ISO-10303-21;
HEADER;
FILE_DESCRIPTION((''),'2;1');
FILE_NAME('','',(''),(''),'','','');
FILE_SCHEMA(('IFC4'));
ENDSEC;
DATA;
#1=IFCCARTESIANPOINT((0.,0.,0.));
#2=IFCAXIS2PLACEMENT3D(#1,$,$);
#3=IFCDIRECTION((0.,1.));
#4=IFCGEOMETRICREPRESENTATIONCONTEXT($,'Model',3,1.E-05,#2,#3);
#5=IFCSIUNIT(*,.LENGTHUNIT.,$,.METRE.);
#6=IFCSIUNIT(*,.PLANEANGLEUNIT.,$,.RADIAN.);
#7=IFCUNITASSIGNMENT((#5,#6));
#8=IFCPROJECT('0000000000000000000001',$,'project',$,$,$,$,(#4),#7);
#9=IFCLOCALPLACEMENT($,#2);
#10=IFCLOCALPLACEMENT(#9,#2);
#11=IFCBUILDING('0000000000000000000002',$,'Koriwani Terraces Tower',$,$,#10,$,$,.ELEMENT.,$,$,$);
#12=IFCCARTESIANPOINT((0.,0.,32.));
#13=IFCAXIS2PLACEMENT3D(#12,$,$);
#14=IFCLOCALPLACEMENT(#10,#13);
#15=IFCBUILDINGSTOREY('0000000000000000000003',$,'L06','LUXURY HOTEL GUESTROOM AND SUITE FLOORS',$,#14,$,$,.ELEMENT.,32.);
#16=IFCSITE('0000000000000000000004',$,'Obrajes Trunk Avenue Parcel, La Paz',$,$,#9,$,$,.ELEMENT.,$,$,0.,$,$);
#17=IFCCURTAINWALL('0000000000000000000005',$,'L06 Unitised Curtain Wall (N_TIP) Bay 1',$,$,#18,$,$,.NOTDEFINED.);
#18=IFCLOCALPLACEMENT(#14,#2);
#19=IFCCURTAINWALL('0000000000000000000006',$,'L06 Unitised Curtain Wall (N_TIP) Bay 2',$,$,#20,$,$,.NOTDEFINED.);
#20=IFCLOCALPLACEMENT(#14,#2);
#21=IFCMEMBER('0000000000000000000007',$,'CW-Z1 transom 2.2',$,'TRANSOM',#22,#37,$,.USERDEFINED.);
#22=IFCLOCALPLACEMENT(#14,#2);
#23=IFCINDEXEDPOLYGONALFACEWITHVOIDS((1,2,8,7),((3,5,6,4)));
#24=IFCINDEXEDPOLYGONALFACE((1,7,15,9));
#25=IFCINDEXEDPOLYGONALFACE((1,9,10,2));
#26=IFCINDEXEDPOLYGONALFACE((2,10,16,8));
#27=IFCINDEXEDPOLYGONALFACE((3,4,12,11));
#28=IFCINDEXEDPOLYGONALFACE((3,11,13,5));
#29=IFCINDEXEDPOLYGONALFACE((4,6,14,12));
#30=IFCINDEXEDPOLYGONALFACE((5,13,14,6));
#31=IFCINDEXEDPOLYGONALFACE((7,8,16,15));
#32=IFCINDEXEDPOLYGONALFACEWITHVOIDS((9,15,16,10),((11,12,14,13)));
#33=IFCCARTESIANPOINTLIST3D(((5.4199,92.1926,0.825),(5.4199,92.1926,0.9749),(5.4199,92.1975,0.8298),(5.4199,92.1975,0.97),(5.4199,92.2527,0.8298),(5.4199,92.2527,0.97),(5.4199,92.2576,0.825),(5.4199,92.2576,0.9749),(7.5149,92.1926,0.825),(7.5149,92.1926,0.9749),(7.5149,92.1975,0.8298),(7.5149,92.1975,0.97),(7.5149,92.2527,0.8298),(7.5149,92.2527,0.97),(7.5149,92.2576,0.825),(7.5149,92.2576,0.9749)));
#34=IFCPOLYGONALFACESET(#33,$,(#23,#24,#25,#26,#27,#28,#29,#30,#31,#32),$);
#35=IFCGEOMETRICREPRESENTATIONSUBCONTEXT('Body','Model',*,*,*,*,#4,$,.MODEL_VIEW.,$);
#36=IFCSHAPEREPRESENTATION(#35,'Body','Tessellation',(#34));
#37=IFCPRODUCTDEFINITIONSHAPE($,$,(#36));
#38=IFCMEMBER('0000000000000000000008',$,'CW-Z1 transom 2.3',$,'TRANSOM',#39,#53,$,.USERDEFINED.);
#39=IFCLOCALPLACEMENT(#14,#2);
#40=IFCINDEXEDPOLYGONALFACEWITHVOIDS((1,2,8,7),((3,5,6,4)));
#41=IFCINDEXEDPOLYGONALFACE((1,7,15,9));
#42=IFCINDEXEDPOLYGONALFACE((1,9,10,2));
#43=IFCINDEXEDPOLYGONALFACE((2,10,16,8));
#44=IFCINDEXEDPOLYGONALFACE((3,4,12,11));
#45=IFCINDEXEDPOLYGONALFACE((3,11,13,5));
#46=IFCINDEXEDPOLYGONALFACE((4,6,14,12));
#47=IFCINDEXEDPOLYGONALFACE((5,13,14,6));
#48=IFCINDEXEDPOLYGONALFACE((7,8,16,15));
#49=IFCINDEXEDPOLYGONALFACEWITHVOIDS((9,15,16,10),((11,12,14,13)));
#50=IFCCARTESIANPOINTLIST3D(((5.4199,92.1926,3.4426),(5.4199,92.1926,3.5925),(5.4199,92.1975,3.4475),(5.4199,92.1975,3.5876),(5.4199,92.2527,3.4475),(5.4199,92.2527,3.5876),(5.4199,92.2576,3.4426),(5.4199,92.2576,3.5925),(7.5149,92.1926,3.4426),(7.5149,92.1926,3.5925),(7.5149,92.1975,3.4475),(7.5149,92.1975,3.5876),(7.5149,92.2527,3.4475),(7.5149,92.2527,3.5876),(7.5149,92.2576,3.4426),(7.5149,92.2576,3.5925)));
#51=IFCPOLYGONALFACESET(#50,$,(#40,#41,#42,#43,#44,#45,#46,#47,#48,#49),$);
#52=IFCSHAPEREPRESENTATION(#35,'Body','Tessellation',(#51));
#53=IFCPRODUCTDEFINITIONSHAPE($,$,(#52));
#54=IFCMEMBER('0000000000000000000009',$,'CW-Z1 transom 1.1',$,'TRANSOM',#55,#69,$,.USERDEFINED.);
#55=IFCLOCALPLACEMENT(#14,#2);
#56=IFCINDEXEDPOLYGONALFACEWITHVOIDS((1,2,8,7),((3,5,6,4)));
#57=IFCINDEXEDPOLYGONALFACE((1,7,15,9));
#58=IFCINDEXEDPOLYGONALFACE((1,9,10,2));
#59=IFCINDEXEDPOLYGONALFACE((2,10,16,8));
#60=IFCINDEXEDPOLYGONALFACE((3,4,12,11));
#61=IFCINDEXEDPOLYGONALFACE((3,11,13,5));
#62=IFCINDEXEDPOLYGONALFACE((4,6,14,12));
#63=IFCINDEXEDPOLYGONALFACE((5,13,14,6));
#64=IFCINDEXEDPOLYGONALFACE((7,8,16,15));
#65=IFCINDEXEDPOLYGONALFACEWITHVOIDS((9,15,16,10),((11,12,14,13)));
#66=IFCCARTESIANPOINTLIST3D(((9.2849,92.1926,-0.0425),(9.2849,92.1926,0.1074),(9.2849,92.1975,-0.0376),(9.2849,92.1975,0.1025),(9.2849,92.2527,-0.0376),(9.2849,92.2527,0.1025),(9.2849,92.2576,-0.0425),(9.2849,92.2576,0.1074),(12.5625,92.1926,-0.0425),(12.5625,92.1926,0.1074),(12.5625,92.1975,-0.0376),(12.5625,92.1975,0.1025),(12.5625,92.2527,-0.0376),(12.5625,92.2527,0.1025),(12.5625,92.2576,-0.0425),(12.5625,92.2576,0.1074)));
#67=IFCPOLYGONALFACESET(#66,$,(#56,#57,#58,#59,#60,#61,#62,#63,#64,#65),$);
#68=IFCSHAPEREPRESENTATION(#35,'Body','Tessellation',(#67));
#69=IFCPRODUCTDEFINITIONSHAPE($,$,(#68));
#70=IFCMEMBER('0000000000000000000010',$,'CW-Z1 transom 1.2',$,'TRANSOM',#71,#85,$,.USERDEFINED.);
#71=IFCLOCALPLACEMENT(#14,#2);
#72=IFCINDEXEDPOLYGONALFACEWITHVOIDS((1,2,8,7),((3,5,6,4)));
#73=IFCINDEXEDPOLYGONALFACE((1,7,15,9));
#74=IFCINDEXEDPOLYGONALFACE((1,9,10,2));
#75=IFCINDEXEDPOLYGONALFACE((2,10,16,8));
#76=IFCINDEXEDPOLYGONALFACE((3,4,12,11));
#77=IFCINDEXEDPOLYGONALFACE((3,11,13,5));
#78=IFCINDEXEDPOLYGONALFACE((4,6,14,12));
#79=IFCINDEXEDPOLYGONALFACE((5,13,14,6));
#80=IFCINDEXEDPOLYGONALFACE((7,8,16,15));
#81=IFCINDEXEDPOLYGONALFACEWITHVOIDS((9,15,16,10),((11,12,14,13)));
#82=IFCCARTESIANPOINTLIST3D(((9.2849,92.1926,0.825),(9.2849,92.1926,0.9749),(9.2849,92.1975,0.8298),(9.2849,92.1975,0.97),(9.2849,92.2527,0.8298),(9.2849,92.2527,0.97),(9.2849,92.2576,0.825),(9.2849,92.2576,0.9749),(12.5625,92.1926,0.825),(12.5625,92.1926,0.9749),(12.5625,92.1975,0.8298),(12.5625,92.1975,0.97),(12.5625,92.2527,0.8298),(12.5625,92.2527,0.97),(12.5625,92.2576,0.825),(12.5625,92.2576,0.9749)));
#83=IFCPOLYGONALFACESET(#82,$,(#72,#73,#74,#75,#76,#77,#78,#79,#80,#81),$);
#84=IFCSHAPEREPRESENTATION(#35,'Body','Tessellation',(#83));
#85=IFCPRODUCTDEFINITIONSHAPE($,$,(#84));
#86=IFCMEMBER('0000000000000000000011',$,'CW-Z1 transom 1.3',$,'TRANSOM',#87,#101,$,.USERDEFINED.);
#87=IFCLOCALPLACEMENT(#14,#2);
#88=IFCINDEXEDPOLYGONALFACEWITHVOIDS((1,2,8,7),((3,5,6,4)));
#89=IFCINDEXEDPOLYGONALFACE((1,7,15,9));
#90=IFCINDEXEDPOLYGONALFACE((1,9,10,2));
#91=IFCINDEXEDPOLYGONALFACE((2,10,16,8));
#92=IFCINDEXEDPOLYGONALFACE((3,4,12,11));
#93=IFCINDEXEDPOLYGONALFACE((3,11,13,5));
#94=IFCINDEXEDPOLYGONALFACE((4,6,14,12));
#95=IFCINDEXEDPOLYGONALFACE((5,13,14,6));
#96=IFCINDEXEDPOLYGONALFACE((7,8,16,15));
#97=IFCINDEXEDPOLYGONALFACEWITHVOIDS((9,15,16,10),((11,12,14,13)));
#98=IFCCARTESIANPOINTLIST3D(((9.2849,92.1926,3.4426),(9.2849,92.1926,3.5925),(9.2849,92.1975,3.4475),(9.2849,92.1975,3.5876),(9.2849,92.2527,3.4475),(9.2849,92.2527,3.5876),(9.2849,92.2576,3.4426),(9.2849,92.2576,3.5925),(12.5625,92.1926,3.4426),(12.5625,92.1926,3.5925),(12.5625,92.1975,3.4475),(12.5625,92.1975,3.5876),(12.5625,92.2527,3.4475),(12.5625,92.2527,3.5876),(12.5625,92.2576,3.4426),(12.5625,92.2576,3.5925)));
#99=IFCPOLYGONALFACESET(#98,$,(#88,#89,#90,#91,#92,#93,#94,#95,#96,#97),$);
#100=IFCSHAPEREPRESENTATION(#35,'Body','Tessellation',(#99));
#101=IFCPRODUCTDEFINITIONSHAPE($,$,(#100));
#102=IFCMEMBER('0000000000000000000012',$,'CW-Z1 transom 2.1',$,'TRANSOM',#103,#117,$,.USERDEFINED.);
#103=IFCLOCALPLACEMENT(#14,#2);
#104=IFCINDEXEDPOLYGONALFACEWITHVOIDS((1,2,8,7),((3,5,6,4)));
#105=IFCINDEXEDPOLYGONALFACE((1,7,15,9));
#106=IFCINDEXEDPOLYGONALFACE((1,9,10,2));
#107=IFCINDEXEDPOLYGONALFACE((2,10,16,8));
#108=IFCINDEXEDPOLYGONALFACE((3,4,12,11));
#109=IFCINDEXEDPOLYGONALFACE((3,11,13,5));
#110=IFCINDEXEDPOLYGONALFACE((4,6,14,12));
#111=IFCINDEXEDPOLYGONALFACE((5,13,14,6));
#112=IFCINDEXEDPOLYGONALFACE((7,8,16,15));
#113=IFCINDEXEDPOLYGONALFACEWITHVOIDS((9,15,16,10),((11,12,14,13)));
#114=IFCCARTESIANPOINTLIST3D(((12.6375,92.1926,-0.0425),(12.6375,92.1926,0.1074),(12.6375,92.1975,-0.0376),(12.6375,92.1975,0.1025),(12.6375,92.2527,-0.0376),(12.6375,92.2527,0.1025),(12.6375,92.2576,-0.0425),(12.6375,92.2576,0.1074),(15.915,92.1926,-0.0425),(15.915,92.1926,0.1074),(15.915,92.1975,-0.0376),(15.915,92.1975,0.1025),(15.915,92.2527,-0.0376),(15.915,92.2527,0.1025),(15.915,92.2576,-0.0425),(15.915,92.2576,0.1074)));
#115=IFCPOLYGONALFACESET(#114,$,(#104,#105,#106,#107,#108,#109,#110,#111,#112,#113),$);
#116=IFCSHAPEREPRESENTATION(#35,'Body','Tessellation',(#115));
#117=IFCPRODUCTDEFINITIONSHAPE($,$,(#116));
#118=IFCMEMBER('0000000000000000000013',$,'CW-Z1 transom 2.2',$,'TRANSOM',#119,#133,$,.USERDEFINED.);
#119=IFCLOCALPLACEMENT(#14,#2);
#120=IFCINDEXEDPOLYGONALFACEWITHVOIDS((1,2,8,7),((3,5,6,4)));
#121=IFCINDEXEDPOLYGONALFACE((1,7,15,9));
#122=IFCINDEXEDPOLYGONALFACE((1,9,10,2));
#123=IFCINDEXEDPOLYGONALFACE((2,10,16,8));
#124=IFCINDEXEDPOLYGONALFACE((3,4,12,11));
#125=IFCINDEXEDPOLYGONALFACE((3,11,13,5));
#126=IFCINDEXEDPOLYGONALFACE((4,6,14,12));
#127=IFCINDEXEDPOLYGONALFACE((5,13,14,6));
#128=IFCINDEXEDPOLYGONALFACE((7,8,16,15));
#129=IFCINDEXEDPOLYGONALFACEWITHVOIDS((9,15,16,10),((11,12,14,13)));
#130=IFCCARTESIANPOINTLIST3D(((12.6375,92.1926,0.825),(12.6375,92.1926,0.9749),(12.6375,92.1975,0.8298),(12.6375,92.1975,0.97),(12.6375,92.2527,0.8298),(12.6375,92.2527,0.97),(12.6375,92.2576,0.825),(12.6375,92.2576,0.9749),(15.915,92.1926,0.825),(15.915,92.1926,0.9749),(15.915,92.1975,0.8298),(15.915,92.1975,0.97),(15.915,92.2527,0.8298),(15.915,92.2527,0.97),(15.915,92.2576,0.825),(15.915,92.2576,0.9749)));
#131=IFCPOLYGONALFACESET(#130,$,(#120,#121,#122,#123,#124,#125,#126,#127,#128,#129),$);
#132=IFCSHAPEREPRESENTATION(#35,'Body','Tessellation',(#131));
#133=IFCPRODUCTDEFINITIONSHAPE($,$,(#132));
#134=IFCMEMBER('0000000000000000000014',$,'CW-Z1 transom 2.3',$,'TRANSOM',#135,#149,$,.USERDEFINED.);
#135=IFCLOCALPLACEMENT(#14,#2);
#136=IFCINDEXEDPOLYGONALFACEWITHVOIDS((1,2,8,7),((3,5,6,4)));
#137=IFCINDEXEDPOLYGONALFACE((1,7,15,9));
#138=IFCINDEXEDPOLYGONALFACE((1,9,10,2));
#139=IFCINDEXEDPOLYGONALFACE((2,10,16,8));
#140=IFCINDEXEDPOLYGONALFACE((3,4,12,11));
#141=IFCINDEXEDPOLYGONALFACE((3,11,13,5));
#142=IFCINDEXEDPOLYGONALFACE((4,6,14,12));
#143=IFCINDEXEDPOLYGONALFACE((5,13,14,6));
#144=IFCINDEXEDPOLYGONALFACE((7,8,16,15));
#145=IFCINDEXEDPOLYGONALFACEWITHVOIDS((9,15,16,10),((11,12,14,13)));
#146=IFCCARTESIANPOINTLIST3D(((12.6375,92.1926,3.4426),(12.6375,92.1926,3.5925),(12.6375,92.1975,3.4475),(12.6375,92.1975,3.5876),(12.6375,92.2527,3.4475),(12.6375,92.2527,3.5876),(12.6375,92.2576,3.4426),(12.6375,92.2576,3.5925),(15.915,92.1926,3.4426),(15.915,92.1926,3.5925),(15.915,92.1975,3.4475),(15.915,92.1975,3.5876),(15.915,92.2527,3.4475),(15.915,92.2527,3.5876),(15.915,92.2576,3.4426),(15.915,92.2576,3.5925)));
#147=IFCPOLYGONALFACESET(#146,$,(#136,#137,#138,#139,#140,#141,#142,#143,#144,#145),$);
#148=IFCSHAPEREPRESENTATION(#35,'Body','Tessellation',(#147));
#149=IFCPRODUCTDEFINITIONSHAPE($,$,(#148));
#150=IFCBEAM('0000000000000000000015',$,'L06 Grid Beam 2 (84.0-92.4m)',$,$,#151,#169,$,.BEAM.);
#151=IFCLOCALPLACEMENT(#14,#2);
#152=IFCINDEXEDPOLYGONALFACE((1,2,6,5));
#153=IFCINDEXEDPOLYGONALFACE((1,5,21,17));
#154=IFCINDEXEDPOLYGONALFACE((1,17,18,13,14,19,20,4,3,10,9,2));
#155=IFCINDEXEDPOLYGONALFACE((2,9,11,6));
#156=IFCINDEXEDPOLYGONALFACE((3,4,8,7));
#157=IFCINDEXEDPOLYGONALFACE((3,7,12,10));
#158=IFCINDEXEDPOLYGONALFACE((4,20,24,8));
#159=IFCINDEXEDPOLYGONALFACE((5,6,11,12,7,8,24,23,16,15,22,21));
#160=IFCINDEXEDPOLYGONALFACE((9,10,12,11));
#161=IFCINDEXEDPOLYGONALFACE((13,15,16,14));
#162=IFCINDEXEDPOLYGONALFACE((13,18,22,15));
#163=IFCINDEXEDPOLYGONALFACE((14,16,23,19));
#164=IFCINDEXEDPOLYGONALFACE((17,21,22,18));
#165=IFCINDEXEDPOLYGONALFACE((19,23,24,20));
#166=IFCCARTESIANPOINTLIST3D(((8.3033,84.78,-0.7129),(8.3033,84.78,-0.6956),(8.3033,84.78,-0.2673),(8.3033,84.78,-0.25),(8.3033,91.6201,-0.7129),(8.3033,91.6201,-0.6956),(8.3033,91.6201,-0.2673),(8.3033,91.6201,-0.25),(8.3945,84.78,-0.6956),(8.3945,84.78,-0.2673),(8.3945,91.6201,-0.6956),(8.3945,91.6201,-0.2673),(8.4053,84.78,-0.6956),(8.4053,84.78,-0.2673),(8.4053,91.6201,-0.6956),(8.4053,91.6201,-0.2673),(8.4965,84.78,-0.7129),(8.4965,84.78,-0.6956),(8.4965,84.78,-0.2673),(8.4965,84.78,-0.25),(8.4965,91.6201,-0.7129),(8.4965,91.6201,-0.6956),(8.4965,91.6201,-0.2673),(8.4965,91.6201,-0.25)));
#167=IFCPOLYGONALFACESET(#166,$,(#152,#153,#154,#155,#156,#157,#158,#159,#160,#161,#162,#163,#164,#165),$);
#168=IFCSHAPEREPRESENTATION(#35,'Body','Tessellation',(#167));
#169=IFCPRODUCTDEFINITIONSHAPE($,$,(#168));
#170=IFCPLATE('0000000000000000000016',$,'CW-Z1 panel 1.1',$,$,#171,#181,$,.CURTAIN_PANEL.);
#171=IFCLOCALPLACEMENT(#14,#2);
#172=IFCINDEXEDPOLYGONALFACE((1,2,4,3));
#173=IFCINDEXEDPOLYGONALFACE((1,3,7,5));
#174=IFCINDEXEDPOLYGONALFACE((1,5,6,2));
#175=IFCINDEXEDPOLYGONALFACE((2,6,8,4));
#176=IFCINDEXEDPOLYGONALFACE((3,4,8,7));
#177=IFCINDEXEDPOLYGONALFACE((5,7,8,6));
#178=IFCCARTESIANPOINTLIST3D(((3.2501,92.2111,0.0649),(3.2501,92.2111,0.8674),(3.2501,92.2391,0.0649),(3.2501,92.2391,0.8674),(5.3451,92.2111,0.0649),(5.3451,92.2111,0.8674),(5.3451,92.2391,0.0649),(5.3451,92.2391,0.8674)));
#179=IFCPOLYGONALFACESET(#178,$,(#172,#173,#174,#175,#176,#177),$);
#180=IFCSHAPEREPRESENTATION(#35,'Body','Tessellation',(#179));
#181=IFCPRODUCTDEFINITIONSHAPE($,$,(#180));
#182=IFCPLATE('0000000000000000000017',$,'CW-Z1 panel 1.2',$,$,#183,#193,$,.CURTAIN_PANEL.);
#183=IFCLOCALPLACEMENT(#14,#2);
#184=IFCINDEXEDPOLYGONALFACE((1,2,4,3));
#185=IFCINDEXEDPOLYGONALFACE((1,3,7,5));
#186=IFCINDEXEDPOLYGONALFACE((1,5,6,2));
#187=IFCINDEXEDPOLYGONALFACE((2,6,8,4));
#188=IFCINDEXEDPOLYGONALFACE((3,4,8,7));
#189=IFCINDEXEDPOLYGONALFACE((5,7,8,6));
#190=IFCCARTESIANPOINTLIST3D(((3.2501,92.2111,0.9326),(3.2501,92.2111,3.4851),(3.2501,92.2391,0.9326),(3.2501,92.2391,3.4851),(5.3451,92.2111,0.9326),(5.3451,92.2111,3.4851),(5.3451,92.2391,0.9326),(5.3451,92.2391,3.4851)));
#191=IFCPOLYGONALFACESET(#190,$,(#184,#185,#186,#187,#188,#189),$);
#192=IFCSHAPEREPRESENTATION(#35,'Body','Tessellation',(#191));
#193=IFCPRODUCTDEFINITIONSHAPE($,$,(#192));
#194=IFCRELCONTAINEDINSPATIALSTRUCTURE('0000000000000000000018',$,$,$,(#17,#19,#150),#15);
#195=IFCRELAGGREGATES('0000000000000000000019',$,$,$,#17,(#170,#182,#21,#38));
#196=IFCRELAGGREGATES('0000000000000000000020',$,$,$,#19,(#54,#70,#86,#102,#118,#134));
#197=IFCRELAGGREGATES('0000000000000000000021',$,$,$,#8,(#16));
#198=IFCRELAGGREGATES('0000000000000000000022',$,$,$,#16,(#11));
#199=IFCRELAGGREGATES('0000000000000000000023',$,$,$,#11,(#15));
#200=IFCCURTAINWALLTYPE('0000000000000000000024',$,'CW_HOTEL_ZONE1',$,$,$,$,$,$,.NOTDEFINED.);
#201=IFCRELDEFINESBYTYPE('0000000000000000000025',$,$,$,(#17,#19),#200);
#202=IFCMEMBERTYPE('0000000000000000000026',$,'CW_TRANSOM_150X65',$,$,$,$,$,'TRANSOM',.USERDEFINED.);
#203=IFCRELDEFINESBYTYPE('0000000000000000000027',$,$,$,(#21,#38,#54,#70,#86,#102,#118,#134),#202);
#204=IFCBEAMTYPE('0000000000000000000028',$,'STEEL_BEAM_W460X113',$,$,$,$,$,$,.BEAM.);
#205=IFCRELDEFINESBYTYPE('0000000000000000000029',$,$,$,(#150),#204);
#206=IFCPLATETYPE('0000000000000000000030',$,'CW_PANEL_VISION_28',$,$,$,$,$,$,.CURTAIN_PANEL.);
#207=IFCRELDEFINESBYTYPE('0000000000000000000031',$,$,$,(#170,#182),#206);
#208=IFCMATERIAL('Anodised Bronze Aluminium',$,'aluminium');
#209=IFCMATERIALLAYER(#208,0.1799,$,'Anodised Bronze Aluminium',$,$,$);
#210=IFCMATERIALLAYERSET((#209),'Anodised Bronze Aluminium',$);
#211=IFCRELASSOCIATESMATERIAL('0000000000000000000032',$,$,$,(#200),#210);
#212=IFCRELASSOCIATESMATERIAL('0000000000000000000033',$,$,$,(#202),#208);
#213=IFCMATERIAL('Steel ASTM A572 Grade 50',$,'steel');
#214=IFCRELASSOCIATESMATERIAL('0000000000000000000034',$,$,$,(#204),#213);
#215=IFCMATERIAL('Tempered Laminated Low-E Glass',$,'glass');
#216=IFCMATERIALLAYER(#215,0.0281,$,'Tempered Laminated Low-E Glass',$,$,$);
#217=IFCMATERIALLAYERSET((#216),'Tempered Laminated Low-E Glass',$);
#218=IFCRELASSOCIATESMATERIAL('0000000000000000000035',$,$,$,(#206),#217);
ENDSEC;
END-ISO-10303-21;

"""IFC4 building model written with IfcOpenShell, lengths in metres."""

from ifc_helpers import new_model, si_unit, direction, frame, origin, origin_2d, place, context, subcontext, project, spatial, rectangle, hollow_rectangle, i_section, extrude, material, layer, layer_set, material_profile, profile_set, type_object, element, aggregate, save


model = new_model("IFC4")

# Units and contexts
model_context = context("Model", 3, precision=1e-05, world=origin(), true_north=direction((0.0, 1.0)))
body_context = subcontext(model_context, "Body", "Model", "MODEL_VIEW")
ifc_project = project(units=[si_unit("LENGTHUNIT", "METRE"), si_unit("PLANEANGLEUNIT", "RADIAN")], contexts=[model_context])

# Site, building, storey
site_placement = place(None, origin())
site = spatial("IfcSite", under=ifc_project, at=site_placement, Name="Obrajes Trunk Avenue Parcel, La Paz", CompositionType="ELEMENT", RefElevation=0.0)
building_placement = place(site_placement, origin())
building = spatial("IfcBuilding", under=site, at=building_placement, Name="Koriwani Terraces Tower", CompositionType="ELEMENT")
storey_placement = place(building_placement, frame((0.0, 0.0, 32.0)))
storey = spatial("IfcBuildingStorey", under=building, at=storey_placement, Name="L06", Description="LUXURY HOTEL GUESTROOM AND SUITE FLOORS", CompositionType="ELEMENT", Elevation=32.0)

# Curtain walls
ifc_material_1 = material(Name="Anodised Bronze Aluminium", Category="aluminium")
ifc_layer_1 = layer(ifc_material_1, 0.1799, Name="Anodised Bronze Aluminium")
ifc_layer_set_1 = layer_set([ifc_layer_1], Name="Anodised Bronze Aluminium")
curtain_wall_type = type_object("IfcCurtainWallType", Name="CW_HOTEL_ZONE1", PredefinedType="NOTDEFINED", material=ifc_layer_set_1)
curtain_wall_1_placement = place(storey_placement, origin())
curtain_wall_1 = element("IfcCurtainWall", 1, at=curtain_wall_1_placement, inside=storey, type_object=curtain_wall_type, Name="L06 Unitised Curtain Wall (N_TIP) Bay 1", PredefinedType="NOTDEFINED")
curtain_wall_2_placement = place(storey_placement, origin())
curtain_wall_2 = element("IfcCurtainWall", 2, at=curtain_wall_2_placement, inside=storey, type_object=curtain_wall_type, Name="L06 Unitised Curtain Wall (N_TIP) Bay 2", PredefinedType="NOTDEFINED")

# Members
ifc_material_profile_1 = material_profile(ifc_material_1, hollow_rectangle(XDim=0.0649, YDim=0.1499, WallThickness=0.0049, at=origin_2d()), Name="Anodised Bronze Aluminium", Category="LoadBearing")
ifc_profile_set_1 = profile_set([ifc_material_profile_1], Name="Anodised Bronze Aluminium")
member_type_1 = type_object("IfcMemberType", Name="CW_TRANSOM_150X65", ElementType="TRANSOM", PredefinedType="USERDEFINED", material=ifc_profile_set_1)
member_1_placement = place(storey_placement, frame((5.4199, 92.2251, 0.8999), z_axis=(1.0, 0.0, 0.0), x_axis=(0.0, 1.0, 0.0)))
member_1 = element("IfcMember", 3, at=member_1_placement, type_object=member_type_1, Name="CW-Z1 transom 2.2", ObjectType="TRANSOM", PredefinedType="USERDEFINED", context=body_context, shape_type="SweptSolid", body=[
    extrude(hollow_rectangle(XDim=0.0649, YDim=0.1499, WallThickness=0.0049, at=origin_2d()), origin(), (0.0, 0.0, 1.0), 2.095),
])
member_2_placement = place(storey_placement, frame((5.4199, 92.2251, 3.5176), z_axis=(1.0, 0.0, 0.0), x_axis=(0.0, 1.0, 0.0)))
member_2 = element("IfcMember", 4, at=member_2_placement, type_object=member_type_1, Name="CW-Z1 transom 2.3", ObjectType="TRANSOM", PredefinedType="USERDEFINED", context=body_context, shape_type="SweptSolid", body=[
    extrude(hollow_rectangle(XDim=0.0649, YDim=0.1499, WallThickness=0.0049, at=origin_2d()), origin(), (0.0, 0.0, 1.0), 2.095),
])
member_3_placement = place(storey_placement, frame((9.2849, 92.2251, 0.0325), z_axis=(1.0, 0.0, 0.0), x_axis=(0.0, 1.0, 0.0)))
member_3 = element("IfcMember", 5, at=member_3_placement, type_object=member_type_1, Name="CW-Z1 transom 1.1", ObjectType="TRANSOM", PredefinedType="USERDEFINED", context=body_context, shape_type="SweptSolid", body=[
    extrude(hollow_rectangle(XDim=0.0649, YDim=0.1499, WallThickness=0.0049, at=origin_2d()), origin(), (0.0, 0.0, 1.0), 3.2776),
])
member_4_placement = place(storey_placement, frame((9.2849, 92.2251, 0.8999), z_axis=(1.0, 0.0, 0.0), x_axis=(0.0, 1.0, 0.0)))
member_4 = element("IfcMember", 6, at=member_4_placement, type_object=member_type_1, Name="CW-Z1 transom 1.2", ObjectType="TRANSOM", PredefinedType="USERDEFINED", context=body_context, shape_type="SweptSolid", body=[
    extrude(hollow_rectangle(XDim=0.0649, YDim=0.1499, WallThickness=0.0049, at=origin_2d()), origin(), (0.0, 0.0, 1.0), 3.2776),
])
member_5_placement = place(storey_placement, frame((9.2849, 92.2251, 3.5176), z_axis=(1.0, 0.0, 0.0), x_axis=(0.0, 1.0, 0.0)))
member_5 = element("IfcMember", 7, at=member_5_placement, type_object=member_type_1, Name="CW-Z1 transom 1.3", ObjectType="TRANSOM", PredefinedType="USERDEFINED", context=body_context, shape_type="SweptSolid", body=[
    extrude(hollow_rectangle(XDim=0.0649, YDim=0.1499, WallThickness=0.0049, at=origin_2d()), origin(), (0.0, 0.0, 1.0), 3.2776),
])
member_6_placement = place(storey_placement, frame((12.6375, 92.2251, 0.0325), z_axis=(1.0, 0.0, 0.0), x_axis=(0.0, 1.0, 0.0)))
member_6 = element("IfcMember", 8, at=member_6_placement, type_object=member_type_1, Name="CW-Z1 transom 2.1", ObjectType="TRANSOM", PredefinedType="USERDEFINED", context=body_context, shape_type="SweptSolid", body=[
    extrude(hollow_rectangle(XDim=0.0649, YDim=0.1499, WallThickness=0.0049, at=origin_2d()), origin(), (0.0, 0.0, 1.0), 3.2776),
])
member_7_placement = place(storey_placement, frame((12.6375, 92.2251, 0.8999), z_axis=(1.0, 0.0, 0.0), x_axis=(0.0, 1.0, 0.0)))
member_7 = element("IfcMember", 9, at=member_7_placement, type_object=member_type_1, Name="CW-Z1 transom 2.2", ObjectType="TRANSOM", PredefinedType="USERDEFINED", context=body_context, shape_type="SweptSolid", body=[
    extrude(hollow_rectangle(XDim=0.0649, YDim=0.1499, WallThickness=0.0049, at=origin_2d()), origin(), (0.0, 0.0, 1.0), 3.2776),
])
member_8_placement = place(storey_placement, frame((12.6375, 92.2251, 3.5176), z_axis=(1.0, 0.0, 0.0), x_axis=(0.0, 1.0, 0.0)))
member_8 = element("IfcMember", 10, at=member_8_placement, type_object=member_type_1, Name="CW-Z1 transom 2.3", ObjectType="TRANSOM", PredefinedType="USERDEFINED", context=body_context, shape_type="SweptSolid", body=[
    extrude(hollow_rectangle(XDim=0.0649, YDim=0.1499, WallThickness=0.0049, at=origin_2d()), origin(), (0.0, 0.0, 1.0), 3.2776),
])

# Beam
ifc_material_2 = material(Name="Steel ASTM A572 Grade 50", Category="steel")
ifc_material_profile_2 = material_profile(ifc_material_2, i_section(OverallWidth=0.1931, OverallDepth=0.4629, WebThickness=0.0107, FlangeThickness=0.0173, at=origin_2d()), Name="Steel ASTM A572 Grade 50", Category="LoadBearing")
ifc_profile_set_2 = profile_set([ifc_material_profile_2], Name="Steel ASTM A572 Grade 50")
beam_type = type_object("IfcBeamType", Name="STEEL_BEAM_W460X113", PredefinedType="BEAM", material=ifc_profile_set_2)
beam_placement = place(storey_placement, frame((8.3999, 84.78, -0.4814), z_axis=(0.0, 1.0, 0.0), x_axis=(-1.0, 0.0, 0.0)))
element("IfcBeam", 11, at=beam_placement, inside=storey, type_object=beam_type, Name="L06 Grid Beam 2 (84.0-92.4m)", PredefinedType="BEAM", context=body_context, shape_type="SweptSolid", body=[
    extrude(i_section(OverallWidth=0.1931, OverallDepth=0.4629, WebThickness=0.0107, FlangeThickness=0.0173, at=origin_2d()), origin(), (0.0, 0.0, 1.0), 6.8401),
])

# Plates
ifc_material_3 = material(Name="Tempered Laminated Low-E Glass", Category="glass")
ifc_layer_2 = layer(ifc_material_3, 0.0281, Name="Tempered Laminated Low-E Glass")
ifc_layer_set_2 = layer_set([ifc_layer_2], Name="Tempered Laminated Low-E Glass")
plate_type = type_object("IfcPlateType", Name="CW_PANEL_VISION_28", PredefinedType="CURTAIN_PANEL", material=ifc_layer_set_2)
plate_1_placement = place(storey_placement, frame((4.2976, 92.2251, 0.0649), z_axis=(0.0, 0.0, 1.0), x_axis=(1.0, 0.0, 0.0)))
plate_1 = element("IfcPlate", 12, at=plate_1_placement, type_object=plate_type, Name="CW-Z1 panel 1.1", PredefinedType="CURTAIN_PANEL", context=body_context, shape_type="SweptSolid", body=[
    extrude(rectangle(XDim=2.095, YDim=0.0281, at=origin_2d()), origin(), (0.0, 0.0, 1.0), 0.8025),
])
plate_2_placement = place(storey_placement, frame((4.2976, 92.2251, 0.9326), z_axis=(0.0, 0.0, 1.0), x_axis=(1.0, 0.0, 0.0)))
plate_2 = element("IfcPlate", 13, at=plate_2_placement, type_object=plate_type, Name="CW-Z1 panel 1.2", PredefinedType="CURTAIN_PANEL", context=body_context, shape_type="SweptSolid", body=[
    extrude(rectangle(XDim=2.095, YDim=0.0281, at=origin_2d()), origin(), (0.0, 0.0, 1.0), 2.5525),
])
aggregate(curtain_wall_1, [plate_1, plate_2, member_1, member_2])
aggregate(curtain_wall_2, [member_3, member_4, member_5, member_6, member_7, member_8])

save(model, "model.ifc")
